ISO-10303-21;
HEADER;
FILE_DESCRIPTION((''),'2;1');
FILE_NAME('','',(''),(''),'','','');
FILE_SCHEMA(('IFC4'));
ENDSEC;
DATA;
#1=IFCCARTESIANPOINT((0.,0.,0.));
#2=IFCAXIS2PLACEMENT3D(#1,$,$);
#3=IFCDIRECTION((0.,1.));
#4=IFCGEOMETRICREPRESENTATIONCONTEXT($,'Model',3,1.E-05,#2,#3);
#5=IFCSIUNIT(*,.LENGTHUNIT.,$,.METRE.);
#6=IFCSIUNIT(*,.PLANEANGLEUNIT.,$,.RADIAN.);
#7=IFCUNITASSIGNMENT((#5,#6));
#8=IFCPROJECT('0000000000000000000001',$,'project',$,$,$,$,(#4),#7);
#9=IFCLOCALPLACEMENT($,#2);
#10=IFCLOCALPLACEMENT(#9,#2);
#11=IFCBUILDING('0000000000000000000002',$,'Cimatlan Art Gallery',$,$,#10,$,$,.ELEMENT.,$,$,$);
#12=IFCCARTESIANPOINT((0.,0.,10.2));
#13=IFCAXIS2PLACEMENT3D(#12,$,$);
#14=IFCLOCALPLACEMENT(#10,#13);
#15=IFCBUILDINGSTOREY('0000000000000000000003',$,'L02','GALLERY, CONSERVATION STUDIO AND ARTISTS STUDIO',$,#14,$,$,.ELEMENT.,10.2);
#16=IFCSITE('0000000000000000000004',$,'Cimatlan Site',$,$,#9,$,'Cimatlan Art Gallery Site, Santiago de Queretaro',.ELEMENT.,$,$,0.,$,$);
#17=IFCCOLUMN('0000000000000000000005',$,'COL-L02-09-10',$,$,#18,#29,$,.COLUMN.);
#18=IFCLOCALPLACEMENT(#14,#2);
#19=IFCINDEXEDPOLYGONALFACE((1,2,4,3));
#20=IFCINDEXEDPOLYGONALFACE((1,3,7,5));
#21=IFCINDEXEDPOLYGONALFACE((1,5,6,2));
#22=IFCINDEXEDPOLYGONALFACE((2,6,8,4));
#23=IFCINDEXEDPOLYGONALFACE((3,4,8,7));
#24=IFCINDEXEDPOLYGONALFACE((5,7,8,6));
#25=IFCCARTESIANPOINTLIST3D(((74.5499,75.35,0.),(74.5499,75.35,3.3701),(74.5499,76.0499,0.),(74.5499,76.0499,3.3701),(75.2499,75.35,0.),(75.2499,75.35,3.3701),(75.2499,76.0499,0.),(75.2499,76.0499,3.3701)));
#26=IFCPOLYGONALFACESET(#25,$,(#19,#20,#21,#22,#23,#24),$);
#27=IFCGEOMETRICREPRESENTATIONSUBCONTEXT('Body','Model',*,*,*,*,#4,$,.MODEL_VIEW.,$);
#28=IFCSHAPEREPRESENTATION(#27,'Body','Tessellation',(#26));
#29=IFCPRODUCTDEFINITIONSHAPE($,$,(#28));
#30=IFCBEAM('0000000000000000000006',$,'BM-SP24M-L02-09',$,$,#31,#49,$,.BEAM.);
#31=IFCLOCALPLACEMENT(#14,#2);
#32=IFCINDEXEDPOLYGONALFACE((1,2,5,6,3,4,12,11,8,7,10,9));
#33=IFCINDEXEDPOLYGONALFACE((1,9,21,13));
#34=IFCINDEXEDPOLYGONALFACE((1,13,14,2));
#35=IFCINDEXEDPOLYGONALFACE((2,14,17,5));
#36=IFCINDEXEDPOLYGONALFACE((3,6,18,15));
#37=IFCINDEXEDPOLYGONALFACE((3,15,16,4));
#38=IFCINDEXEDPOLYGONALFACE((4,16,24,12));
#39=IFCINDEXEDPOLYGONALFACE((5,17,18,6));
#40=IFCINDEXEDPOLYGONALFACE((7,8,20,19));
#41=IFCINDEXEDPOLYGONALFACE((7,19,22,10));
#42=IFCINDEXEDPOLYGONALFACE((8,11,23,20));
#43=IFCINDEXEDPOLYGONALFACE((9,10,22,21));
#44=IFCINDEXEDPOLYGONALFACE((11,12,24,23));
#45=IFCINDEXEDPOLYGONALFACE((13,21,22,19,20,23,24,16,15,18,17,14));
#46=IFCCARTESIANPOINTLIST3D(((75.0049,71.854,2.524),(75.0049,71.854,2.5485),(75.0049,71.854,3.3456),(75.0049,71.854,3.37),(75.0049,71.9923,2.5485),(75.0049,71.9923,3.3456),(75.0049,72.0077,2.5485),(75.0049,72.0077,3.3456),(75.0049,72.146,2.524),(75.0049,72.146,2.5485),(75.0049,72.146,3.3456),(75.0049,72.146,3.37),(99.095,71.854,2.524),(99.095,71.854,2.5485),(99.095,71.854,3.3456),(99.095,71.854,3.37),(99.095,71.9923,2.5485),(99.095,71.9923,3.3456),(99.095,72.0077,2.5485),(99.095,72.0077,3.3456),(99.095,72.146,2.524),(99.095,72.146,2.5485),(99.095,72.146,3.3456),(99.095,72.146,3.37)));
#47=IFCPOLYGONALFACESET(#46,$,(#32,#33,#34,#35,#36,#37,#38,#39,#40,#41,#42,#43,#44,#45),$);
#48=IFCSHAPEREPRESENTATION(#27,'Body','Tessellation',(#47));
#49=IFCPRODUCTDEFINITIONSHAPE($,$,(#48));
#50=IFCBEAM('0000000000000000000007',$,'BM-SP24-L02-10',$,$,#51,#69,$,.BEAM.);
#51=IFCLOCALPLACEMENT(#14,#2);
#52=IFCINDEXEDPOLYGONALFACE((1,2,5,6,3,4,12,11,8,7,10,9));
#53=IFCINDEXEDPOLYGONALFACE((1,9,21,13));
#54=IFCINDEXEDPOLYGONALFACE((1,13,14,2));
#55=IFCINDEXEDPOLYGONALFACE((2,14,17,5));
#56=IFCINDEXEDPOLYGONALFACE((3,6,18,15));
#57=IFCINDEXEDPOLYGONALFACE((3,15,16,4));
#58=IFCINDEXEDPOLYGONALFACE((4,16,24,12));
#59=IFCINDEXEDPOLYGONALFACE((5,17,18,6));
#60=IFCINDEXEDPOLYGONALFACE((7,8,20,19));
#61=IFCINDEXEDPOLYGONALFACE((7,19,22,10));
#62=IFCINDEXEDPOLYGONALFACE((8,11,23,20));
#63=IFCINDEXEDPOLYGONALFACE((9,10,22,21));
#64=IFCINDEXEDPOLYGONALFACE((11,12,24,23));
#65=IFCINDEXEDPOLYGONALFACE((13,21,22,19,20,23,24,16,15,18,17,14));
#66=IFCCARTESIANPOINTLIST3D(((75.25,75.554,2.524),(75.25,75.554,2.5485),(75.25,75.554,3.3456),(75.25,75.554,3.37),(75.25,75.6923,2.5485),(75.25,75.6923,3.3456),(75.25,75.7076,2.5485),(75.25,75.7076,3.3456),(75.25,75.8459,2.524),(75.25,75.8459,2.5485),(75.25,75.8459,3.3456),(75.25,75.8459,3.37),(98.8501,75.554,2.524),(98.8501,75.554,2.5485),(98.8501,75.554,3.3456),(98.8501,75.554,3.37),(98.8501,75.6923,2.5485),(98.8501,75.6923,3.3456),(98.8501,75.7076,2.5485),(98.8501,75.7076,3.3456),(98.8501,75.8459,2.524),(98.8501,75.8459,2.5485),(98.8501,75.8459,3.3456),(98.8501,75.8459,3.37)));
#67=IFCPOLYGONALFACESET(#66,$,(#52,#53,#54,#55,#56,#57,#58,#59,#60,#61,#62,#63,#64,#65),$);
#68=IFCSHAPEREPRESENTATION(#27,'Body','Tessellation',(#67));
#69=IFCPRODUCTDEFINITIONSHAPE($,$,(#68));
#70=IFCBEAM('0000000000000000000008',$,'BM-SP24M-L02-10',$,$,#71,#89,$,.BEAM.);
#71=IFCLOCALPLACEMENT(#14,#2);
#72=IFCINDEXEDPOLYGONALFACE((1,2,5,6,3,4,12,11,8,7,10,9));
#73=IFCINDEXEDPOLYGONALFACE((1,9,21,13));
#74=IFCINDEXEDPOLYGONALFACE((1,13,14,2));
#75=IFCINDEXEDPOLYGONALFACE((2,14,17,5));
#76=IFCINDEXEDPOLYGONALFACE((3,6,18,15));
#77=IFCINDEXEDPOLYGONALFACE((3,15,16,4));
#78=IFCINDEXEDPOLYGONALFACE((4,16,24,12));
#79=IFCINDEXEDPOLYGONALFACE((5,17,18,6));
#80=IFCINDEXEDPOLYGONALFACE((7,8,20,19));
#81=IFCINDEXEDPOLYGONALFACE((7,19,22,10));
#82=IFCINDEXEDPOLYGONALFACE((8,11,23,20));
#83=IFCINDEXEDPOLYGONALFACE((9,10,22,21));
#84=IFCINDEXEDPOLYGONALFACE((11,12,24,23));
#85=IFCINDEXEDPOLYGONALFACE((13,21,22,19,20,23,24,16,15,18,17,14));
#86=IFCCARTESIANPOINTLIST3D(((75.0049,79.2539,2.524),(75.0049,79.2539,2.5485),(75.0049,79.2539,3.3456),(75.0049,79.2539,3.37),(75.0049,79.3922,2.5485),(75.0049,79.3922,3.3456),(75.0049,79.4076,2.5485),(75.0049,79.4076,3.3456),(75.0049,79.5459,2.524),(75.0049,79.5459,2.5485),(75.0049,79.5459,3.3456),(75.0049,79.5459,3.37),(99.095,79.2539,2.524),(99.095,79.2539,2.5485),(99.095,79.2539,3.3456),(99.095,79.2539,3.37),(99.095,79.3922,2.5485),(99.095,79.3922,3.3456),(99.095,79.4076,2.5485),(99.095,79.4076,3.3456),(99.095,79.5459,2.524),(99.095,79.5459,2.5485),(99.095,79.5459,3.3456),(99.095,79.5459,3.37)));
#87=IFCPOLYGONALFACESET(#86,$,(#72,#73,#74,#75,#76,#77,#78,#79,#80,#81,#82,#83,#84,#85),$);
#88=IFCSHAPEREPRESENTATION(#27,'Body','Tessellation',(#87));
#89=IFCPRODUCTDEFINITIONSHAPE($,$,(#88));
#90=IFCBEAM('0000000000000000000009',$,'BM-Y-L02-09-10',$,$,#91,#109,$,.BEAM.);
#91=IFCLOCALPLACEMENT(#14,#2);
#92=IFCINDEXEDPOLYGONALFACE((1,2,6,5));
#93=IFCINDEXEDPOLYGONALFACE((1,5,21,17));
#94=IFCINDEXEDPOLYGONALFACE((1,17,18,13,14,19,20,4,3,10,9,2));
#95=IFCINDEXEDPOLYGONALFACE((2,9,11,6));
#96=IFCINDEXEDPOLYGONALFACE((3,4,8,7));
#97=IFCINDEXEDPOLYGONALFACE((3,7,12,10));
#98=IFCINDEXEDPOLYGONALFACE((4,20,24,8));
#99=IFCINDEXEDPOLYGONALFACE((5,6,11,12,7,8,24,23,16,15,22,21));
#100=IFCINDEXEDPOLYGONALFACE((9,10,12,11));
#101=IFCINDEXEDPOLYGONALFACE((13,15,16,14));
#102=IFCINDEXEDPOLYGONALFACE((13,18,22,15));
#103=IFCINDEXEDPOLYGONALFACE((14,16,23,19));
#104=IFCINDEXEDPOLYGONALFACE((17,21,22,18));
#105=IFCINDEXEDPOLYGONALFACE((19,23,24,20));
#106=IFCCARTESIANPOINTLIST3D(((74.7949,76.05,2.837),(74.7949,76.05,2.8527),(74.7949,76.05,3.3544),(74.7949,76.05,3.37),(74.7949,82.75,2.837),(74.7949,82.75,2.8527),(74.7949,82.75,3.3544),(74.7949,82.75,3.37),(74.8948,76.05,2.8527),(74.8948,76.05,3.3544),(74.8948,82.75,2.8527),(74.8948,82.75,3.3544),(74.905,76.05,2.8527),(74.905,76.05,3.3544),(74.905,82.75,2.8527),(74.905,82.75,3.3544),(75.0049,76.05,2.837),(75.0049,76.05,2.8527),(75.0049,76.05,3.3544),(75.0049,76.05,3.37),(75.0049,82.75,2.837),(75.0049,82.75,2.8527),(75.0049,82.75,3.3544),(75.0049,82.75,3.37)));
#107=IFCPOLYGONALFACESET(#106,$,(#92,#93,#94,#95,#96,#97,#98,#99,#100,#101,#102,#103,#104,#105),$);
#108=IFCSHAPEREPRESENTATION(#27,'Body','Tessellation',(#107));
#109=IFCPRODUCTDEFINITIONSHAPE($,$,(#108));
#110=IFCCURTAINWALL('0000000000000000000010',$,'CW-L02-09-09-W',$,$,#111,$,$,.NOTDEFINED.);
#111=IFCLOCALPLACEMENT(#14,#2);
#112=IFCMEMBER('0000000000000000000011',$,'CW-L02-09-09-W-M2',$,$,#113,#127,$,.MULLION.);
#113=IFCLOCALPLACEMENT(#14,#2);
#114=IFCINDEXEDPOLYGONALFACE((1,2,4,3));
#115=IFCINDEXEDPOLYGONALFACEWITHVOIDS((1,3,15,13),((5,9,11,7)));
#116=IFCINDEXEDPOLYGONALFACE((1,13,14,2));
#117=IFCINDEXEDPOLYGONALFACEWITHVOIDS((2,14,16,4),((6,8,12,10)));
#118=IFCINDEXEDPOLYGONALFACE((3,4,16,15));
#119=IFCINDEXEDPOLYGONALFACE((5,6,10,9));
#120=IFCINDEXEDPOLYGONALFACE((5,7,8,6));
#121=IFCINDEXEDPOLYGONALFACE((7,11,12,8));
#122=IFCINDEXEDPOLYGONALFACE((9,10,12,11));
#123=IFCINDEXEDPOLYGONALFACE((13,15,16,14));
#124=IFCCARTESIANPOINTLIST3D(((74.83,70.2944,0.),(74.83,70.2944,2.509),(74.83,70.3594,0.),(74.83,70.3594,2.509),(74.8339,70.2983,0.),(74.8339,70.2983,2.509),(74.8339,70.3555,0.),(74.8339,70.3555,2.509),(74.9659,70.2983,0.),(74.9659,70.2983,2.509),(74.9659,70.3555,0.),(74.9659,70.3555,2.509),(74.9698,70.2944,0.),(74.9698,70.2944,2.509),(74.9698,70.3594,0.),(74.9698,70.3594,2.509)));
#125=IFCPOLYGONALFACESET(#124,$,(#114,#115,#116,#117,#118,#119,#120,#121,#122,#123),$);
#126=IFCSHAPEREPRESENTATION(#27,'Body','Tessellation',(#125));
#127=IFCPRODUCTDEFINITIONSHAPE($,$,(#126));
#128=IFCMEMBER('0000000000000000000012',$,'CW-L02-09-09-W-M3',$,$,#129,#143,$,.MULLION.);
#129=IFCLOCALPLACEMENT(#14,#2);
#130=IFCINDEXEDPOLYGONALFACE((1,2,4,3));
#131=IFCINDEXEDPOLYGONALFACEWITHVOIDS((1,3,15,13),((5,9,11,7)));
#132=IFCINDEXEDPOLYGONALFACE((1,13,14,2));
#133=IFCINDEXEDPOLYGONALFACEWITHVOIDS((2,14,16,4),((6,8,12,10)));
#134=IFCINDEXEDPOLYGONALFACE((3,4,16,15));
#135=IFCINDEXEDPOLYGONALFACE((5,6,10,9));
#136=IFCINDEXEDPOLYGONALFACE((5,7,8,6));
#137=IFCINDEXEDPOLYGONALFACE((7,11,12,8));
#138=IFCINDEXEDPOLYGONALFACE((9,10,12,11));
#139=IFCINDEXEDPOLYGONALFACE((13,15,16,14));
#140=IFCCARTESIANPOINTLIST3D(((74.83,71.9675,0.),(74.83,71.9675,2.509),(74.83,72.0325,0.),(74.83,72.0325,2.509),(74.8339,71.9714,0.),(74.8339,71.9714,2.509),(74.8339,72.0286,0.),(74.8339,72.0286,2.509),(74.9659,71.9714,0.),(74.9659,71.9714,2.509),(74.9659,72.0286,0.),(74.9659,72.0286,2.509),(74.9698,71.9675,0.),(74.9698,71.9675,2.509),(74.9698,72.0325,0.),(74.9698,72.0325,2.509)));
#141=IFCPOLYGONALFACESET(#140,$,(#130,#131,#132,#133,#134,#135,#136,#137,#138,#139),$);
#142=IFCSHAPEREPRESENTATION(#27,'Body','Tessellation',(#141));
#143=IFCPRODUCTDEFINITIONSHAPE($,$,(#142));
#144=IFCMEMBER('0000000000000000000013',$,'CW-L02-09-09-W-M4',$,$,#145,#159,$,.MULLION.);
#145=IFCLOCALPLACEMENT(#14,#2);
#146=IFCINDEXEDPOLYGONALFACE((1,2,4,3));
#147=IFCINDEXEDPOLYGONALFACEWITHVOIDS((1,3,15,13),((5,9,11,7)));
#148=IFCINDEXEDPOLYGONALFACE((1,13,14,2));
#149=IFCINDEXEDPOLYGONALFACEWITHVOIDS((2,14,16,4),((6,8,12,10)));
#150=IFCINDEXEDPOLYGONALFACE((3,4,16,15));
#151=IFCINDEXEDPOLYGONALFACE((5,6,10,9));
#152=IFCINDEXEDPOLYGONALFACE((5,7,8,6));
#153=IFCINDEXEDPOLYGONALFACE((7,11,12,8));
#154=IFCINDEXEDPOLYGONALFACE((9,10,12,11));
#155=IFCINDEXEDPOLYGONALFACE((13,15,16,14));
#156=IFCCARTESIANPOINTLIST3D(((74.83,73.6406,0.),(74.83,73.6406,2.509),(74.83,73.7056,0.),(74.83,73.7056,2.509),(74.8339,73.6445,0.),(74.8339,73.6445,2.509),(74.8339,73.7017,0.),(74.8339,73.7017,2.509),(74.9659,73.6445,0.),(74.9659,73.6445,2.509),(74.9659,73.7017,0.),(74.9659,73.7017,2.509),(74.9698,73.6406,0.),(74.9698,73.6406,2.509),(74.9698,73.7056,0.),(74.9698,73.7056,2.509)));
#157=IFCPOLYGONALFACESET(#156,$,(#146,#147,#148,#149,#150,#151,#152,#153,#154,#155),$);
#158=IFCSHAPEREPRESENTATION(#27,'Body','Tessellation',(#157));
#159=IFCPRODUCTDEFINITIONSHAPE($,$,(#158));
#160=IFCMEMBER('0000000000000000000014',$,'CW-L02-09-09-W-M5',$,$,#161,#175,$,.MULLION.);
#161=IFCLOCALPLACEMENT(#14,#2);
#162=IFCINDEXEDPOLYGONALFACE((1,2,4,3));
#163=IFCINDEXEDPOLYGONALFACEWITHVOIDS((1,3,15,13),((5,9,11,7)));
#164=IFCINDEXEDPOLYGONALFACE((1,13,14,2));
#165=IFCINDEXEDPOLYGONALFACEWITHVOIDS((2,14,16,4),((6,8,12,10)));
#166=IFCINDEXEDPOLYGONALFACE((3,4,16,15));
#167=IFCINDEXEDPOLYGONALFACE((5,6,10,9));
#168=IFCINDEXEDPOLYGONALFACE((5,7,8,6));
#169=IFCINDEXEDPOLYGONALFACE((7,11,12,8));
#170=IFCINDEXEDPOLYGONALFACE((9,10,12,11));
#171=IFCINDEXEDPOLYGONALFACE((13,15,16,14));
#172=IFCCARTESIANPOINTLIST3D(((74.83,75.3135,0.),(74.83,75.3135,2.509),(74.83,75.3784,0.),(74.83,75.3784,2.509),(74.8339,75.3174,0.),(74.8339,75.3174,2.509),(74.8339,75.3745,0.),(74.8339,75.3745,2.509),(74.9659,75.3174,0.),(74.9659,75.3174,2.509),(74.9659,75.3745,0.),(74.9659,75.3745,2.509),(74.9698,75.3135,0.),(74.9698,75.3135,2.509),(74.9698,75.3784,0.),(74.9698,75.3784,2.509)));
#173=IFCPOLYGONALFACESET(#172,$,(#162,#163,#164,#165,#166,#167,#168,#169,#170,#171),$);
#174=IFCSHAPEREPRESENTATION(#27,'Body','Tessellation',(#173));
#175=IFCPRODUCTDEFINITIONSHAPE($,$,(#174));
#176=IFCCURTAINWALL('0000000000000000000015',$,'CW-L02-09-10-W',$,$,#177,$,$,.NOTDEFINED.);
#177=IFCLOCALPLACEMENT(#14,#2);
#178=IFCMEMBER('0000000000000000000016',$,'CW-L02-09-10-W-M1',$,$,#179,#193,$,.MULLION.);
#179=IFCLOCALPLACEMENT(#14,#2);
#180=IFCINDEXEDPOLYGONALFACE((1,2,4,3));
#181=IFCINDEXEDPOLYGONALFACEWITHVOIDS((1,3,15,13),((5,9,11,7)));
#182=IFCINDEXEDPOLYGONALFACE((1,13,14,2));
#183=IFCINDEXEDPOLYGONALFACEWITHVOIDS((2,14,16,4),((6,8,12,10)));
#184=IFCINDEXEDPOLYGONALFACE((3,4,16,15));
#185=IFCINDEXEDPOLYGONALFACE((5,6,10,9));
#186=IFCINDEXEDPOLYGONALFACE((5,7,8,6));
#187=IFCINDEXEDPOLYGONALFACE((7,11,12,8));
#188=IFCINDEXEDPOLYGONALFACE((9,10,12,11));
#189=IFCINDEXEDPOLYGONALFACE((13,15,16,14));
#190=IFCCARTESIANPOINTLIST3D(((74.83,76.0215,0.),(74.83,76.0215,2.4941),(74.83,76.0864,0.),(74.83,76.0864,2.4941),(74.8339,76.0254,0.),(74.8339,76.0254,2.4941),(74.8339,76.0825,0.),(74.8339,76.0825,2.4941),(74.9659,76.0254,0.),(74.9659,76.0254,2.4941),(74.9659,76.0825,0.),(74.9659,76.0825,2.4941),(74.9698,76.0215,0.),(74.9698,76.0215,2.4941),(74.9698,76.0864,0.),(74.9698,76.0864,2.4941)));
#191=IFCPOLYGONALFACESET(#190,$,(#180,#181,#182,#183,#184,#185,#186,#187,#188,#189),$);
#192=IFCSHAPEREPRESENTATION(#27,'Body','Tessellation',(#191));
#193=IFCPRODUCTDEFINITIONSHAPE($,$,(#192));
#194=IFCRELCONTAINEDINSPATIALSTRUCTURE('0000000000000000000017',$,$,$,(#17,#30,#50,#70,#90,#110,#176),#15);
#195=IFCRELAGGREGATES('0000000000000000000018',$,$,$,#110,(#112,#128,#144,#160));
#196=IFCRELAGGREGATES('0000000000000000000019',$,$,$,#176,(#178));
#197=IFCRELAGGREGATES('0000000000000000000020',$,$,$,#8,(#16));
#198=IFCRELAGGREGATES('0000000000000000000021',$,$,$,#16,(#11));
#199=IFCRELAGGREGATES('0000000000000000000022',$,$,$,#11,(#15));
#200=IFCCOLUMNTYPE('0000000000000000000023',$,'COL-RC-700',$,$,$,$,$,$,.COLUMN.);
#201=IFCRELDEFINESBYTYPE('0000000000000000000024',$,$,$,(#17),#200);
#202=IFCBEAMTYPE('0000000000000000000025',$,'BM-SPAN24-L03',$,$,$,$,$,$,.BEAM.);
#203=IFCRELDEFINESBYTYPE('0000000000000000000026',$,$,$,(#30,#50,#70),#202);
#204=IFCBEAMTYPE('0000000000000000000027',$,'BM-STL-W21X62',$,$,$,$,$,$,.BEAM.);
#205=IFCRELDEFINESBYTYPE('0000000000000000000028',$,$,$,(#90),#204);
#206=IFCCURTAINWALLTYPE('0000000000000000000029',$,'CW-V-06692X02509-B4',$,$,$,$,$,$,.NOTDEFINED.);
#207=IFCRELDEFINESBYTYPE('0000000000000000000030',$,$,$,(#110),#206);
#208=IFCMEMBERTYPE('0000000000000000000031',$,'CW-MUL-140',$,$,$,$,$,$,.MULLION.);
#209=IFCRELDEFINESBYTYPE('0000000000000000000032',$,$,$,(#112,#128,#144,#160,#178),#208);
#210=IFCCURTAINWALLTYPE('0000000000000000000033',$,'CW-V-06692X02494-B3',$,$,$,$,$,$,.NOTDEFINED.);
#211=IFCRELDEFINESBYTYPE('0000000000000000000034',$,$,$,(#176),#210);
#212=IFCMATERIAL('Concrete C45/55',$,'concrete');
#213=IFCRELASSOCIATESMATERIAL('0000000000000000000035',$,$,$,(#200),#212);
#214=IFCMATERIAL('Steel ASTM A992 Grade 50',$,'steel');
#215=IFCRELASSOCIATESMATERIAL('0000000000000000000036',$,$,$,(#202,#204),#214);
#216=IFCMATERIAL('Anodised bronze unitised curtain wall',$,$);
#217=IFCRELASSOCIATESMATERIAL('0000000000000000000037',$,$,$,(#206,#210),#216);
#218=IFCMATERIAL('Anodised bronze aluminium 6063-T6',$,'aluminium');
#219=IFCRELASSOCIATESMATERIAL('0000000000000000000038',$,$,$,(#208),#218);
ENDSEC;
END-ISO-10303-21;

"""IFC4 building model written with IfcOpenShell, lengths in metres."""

from ifc_helpers import new_model, si_unit, direction, frame, origin, origin_2d, place, context, subcontext, project, spatial, rectangle, hollow_rectangle, i_section, extrude, material, material_profile, profile_set, type_object, element, aggregate, save


model = new_model("IFC4")

# Units and contexts
model_context = context("Model", 3, precision=1e-05, world=origin(), true_north=direction((0.0, 1.0)))
body_context = subcontext(model_context, "Body", "Model", "MODEL_VIEW")
ifc_project = project(units=[si_unit("LENGTHUNIT", "METRE"), si_unit("PLANEANGLEUNIT", "RADIAN")], contexts=[model_context])

# Site, building, storey
site_placement = place(None, origin())
site = spatial("IfcSite", under=ifc_project, at=site_placement, Name="Cimatlan Site", LongName="Cimatlan Art Gallery Site, Santiago de Queretaro", CompositionType="ELEMENT", RefElevation=0.0)
building_placement = place(site_placement, origin())
building = spatial("IfcBuilding", under=site, at=building_placement, Name="Cimatlan Art Gallery", CompositionType="ELEMENT")
storey_placement = place(building_placement, frame((0.0, 0.0, 10.2)))
storey = spatial("IfcBuildingStorey", under=building, at=storey_placement, Name="L02", Description="GALLERY, CONSERVATION STUDIO AND ARTISTS STUDIO", CompositionType="ELEMENT", Elevation=10.2)

# Column
ifc_material_1 = material(Name="Concrete C45/55", Category="concrete")
ifc_material_profile_1 = material_profile(ifc_material_1, rectangle(XDim=0.7, YDim=0.7, at=origin_2d()), Name="RC700X700")
ifc_profile_set_1 = profile_set([ifc_material_profile_1], Name="Concrete C45/55")
column_type = type_object("IfcColumnType", Name="COL-RC-700", PredefinedType="COLUMN", material=ifc_profile_set_1)
column_placement = place(storey_placement, frame((74.8999, 75.7, 0.0), z_axis=(0.0, 0.0, 1.0), x_axis=(1.0, 0.0, 0.0)))
element("IfcColumn", 1, at=column_placement, inside=storey, type_object=column_type, Name="COL-L02-09-10", PredefinedType="COLUMN", context=body_context, shape_type="SweptSolid", body=[
    extrude(rectangle(XDim=0.7, YDim=0.7, at=origin_2d()), origin(), (0.0, 0.0, 1.0), 3.3701),
])

# Beams
ifc_material_2 = material(Name="Steel ASTM A992 Grade 50", Category="steel")
ifc_material_profile_2 = material_profile(ifc_material_2, i_section(OverallWidth=0.292, OverallDepth=0.8459, WebThickness=0.0154, FlangeThickness=0.0244, at=origin_2d()), Name="W33X141")
ifc_profile_set_2 = profile_set([ifc_material_profile_2], Name="Steel ASTM A992 Grade 50")
beam_type_1 = type_object("IfcBeamType", Name="BM-SPAN24-L03", PredefinedType="BEAM", material=ifc_profile_set_2)
beam_1_placement = place(storey_placement, frame((75.0049, 72.0, 2.947), z_axis=(1.0, 0.0, 0.0), x_axis=(0.0, 1.0, 0.0)))
element("IfcBeam", 2, at=beam_1_placement, inside=storey, type_object=beam_type_1, Name="BM-SP24M-L02-09", PredefinedType="BEAM", context=body_context, shape_type="SweptSolid", body=[
    extrude(i_section(OverallWidth=0.292, OverallDepth=0.8459, WebThickness=0.0154, FlangeThickness=0.0244, at=origin_2d()), origin(), (0.0, 0.0, 1.0), 24.0901),
])
beam_2_placement = place(storey_placement, frame((75.25, 75.7, 2.947), z_axis=(1.0, 0.0, 0.0), x_axis=(0.0, 1.0, 0.0)))
element("IfcBeam", 3, at=beam_2_placement, inside=storey, type_object=beam_type_1, Name="BM-SP24-L02-10", PredefinedType="BEAM", context=body_context, shape_type="SweptSolid", body=[
    extrude(i_section(OverallWidth=0.292, OverallDepth=0.8459, WebThickness=0.0154, FlangeThickness=0.0244, at=origin_2d()), origin(), (0.0, 0.0, 1.0), 23.6001),
])
beam_3_placement = place(storey_placement, frame((75.0049, 79.3999, 2.947), z_axis=(1.0, 0.0, 0.0), x_axis=(0.0, 1.0, 0.0)))
element("IfcBeam", 4, at=beam_3_placement, inside=storey, type_object=beam_type_1, Name="BM-SP24M-L02-10", PredefinedType="BEAM", context=body_context, shape_type="SweptSolid", body=[
    extrude(i_section(OverallWidth=0.292, OverallDepth=0.8459, WebThickness=0.0154, FlangeThickness=0.0244, at=origin_2d()), origin(), (0.0, 0.0, 1.0), 24.0901),
])
ifc_material_profile_3 = material_profile(ifc_material_2, i_section(OverallWidth=0.21, OverallDepth=0.533, WebThickness=0.0103, FlangeThickness=0.0156, at=origin_2d()), Name="W21X62")
ifc_profile_set_3 = profile_set([ifc_material_profile_3], Name="Steel ASTM A992 Grade 50")
beam_type_2 = type_object("IfcBeamType", Name="BM-STL-W21X62", PredefinedType="BEAM", material=ifc_profile_set_3)
beam_4_placement = place(storey_placement, frame((74.8999, 76.05, 3.1035), z_axis=(0.0, 1.0, 0.0), x_axis=(-1.0, 0.0, 0.0)))
element("IfcBeam", 5, at=beam_4_placement, inside=storey, type_object=beam_type_2, Name="BM-Y-L02-09-10", PredefinedType="BEAM", context=body_context, shape_type="SweptSolid", body=[
    extrude(i_section(OverallWidth=0.21, OverallDepth=0.533, WebThickness=0.0103, FlangeThickness=0.0156, at=origin_2d()), origin(), (0.0, 0.0, 1.0), 6.7),
])

# Curtain walls, members
ifc_material_3 = material(Name="Anodised bronze unitised curtain wall")
curtain_wall_type_1 = type_object("IfcCurtainWallType", Name="CW-V-06692X02509-B4", PredefinedType="NOTDEFINED", material=ifc_material_3)
curtain_wall_1_placement = place(storey_placement, origin())
curtain_wall_1 = element("IfcCurtainWall", 6, at=curtain_wall_1_placement, inside=storey, type_object=curtain_wall_type_1, Name="CW-L02-09-09-W", PredefinedType="NOTDEFINED")
ifc_material_4 = material(Name="Anodised bronze aluminium 6063-T6", Category="aluminium")
ifc_material_profile_4 = material_profile(ifc_material_4, hollow_rectangle(XDim=0.0649, YDim=0.1399, WallThickness=0.0039, at=origin_2d()), Name="ALU65X140X4")
ifc_profile_set_4 = profile_set([ifc_material_profile_4], Name="Anodised bronze aluminium 6063-T6")
member_type_1 = type_object("IfcMemberType", Name="CW-MUL-140", PredefinedType="MULLION", material=ifc_profile_set_4)
member_1_placement = place(storey_placement, frame((74.8999, 70.3269, 0.0), z_axis=(0.0, 0.0, 1.0), x_axis=(0.0, 1.0, 0.0)))
member_1 = element("IfcMember", 7, at=member_1_placement, type_object=member_type_1, Name="CW-L02-09-09-W-M2", PredefinedType="MULLION", context=body_context, shape_type="SweptSolid", body=[
    extrude(hollow_rectangle(XDim=0.0649, YDim=0.1399, WallThickness=0.0039, at=origin_2d()), origin(), (0.0, 0.0, 1.0), 2.509),
])
member_2_placement = place(storey_placement, frame((74.8999, 72.0, 0.0), z_axis=(0.0, 0.0, 1.0), x_axis=(0.0, 1.0, 0.0)))
member_2 = element("IfcMember", 8, at=member_2_placement, type_object=member_type_1, Name="CW-L02-09-09-W-M3", PredefinedType="MULLION", context=body_context, shape_type="SweptSolid", body=[
    extrude(hollow_rectangle(XDim=0.0649, YDim=0.1399, WallThickness=0.0039, at=origin_2d()), origin(), (0.0, 0.0, 1.0), 2.509),
])
member_3_placement = place(storey_placement, frame((74.8999, 73.6731, 0.0), z_axis=(0.0, 0.0, 1.0), x_axis=(0.0, 1.0, 0.0)))
member_3 = element("IfcMember", 9, at=member_3_placement, type_object=member_type_1, Name="CW-L02-09-09-W-M4", PredefinedType="MULLION", context=body_context, shape_type="SweptSolid", body=[
    extrude(hollow_rectangle(XDim=0.0649, YDim=0.1399, WallThickness=0.0039, at=origin_2d()), origin(), (0.0, 0.0, 1.0), 2.509),
])
member_4_placement = place(storey_placement, frame((74.8999, 75.3459, 0.0), z_axis=(0.0, 0.0, 1.0), x_axis=(0.0, 1.0, 0.0)))
member_4 = element("IfcMember", 10, at=member_4_placement, type_object=member_type_1, Name="CW-L02-09-09-W-M5", PredefinedType="MULLION", context=body_context, shape_type="SweptSolid", body=[
    extrude(hollow_rectangle(XDim=0.0649, YDim=0.1399, WallThickness=0.0039, at=origin_2d()), origin(), (0.0, 0.0, 1.0), 2.509),
])
curtain_wall_type_2 = type_object("IfcCurtainWallType", Name="CW-V-06692X02494-B3", PredefinedType="NOTDEFINED", material=ifc_material_3)
curtain_wall_2_placement = place(storey_placement, origin())
curtain_wall_2 = element("IfcCurtainWall", 11, at=curtain_wall_2_placement, inside=storey, type_object=curtain_wall_type_2, Name="CW-L02-09-10-W", PredefinedType="NOTDEFINED")
member_5_placement = place(storey_placement, frame((74.8999, 76.054, 0.0), z_axis=(0.0, 0.0, 1.0), x_axis=(0.0, 1.0, 0.0)))
member_5 = element("IfcMember", 12, at=member_5_placement, type_object=member_type_1, Name="CW-L02-09-10-W-M1", PredefinedType="MULLION", context=body_context, shape_type="SweptSolid", body=[
    extrude(hollow_rectangle(XDim=0.0649, YDim=0.1399, WallThickness=0.0039, at=origin_2d()), origin(), (0.0, 0.0, 1.0), 2.4941),
])

aggregate(curtain_wall_1, [member_1, member_2, member_3, member_4])
aggregate(curtain_wall_2, [member_5])

save(model, "model.ifc")
